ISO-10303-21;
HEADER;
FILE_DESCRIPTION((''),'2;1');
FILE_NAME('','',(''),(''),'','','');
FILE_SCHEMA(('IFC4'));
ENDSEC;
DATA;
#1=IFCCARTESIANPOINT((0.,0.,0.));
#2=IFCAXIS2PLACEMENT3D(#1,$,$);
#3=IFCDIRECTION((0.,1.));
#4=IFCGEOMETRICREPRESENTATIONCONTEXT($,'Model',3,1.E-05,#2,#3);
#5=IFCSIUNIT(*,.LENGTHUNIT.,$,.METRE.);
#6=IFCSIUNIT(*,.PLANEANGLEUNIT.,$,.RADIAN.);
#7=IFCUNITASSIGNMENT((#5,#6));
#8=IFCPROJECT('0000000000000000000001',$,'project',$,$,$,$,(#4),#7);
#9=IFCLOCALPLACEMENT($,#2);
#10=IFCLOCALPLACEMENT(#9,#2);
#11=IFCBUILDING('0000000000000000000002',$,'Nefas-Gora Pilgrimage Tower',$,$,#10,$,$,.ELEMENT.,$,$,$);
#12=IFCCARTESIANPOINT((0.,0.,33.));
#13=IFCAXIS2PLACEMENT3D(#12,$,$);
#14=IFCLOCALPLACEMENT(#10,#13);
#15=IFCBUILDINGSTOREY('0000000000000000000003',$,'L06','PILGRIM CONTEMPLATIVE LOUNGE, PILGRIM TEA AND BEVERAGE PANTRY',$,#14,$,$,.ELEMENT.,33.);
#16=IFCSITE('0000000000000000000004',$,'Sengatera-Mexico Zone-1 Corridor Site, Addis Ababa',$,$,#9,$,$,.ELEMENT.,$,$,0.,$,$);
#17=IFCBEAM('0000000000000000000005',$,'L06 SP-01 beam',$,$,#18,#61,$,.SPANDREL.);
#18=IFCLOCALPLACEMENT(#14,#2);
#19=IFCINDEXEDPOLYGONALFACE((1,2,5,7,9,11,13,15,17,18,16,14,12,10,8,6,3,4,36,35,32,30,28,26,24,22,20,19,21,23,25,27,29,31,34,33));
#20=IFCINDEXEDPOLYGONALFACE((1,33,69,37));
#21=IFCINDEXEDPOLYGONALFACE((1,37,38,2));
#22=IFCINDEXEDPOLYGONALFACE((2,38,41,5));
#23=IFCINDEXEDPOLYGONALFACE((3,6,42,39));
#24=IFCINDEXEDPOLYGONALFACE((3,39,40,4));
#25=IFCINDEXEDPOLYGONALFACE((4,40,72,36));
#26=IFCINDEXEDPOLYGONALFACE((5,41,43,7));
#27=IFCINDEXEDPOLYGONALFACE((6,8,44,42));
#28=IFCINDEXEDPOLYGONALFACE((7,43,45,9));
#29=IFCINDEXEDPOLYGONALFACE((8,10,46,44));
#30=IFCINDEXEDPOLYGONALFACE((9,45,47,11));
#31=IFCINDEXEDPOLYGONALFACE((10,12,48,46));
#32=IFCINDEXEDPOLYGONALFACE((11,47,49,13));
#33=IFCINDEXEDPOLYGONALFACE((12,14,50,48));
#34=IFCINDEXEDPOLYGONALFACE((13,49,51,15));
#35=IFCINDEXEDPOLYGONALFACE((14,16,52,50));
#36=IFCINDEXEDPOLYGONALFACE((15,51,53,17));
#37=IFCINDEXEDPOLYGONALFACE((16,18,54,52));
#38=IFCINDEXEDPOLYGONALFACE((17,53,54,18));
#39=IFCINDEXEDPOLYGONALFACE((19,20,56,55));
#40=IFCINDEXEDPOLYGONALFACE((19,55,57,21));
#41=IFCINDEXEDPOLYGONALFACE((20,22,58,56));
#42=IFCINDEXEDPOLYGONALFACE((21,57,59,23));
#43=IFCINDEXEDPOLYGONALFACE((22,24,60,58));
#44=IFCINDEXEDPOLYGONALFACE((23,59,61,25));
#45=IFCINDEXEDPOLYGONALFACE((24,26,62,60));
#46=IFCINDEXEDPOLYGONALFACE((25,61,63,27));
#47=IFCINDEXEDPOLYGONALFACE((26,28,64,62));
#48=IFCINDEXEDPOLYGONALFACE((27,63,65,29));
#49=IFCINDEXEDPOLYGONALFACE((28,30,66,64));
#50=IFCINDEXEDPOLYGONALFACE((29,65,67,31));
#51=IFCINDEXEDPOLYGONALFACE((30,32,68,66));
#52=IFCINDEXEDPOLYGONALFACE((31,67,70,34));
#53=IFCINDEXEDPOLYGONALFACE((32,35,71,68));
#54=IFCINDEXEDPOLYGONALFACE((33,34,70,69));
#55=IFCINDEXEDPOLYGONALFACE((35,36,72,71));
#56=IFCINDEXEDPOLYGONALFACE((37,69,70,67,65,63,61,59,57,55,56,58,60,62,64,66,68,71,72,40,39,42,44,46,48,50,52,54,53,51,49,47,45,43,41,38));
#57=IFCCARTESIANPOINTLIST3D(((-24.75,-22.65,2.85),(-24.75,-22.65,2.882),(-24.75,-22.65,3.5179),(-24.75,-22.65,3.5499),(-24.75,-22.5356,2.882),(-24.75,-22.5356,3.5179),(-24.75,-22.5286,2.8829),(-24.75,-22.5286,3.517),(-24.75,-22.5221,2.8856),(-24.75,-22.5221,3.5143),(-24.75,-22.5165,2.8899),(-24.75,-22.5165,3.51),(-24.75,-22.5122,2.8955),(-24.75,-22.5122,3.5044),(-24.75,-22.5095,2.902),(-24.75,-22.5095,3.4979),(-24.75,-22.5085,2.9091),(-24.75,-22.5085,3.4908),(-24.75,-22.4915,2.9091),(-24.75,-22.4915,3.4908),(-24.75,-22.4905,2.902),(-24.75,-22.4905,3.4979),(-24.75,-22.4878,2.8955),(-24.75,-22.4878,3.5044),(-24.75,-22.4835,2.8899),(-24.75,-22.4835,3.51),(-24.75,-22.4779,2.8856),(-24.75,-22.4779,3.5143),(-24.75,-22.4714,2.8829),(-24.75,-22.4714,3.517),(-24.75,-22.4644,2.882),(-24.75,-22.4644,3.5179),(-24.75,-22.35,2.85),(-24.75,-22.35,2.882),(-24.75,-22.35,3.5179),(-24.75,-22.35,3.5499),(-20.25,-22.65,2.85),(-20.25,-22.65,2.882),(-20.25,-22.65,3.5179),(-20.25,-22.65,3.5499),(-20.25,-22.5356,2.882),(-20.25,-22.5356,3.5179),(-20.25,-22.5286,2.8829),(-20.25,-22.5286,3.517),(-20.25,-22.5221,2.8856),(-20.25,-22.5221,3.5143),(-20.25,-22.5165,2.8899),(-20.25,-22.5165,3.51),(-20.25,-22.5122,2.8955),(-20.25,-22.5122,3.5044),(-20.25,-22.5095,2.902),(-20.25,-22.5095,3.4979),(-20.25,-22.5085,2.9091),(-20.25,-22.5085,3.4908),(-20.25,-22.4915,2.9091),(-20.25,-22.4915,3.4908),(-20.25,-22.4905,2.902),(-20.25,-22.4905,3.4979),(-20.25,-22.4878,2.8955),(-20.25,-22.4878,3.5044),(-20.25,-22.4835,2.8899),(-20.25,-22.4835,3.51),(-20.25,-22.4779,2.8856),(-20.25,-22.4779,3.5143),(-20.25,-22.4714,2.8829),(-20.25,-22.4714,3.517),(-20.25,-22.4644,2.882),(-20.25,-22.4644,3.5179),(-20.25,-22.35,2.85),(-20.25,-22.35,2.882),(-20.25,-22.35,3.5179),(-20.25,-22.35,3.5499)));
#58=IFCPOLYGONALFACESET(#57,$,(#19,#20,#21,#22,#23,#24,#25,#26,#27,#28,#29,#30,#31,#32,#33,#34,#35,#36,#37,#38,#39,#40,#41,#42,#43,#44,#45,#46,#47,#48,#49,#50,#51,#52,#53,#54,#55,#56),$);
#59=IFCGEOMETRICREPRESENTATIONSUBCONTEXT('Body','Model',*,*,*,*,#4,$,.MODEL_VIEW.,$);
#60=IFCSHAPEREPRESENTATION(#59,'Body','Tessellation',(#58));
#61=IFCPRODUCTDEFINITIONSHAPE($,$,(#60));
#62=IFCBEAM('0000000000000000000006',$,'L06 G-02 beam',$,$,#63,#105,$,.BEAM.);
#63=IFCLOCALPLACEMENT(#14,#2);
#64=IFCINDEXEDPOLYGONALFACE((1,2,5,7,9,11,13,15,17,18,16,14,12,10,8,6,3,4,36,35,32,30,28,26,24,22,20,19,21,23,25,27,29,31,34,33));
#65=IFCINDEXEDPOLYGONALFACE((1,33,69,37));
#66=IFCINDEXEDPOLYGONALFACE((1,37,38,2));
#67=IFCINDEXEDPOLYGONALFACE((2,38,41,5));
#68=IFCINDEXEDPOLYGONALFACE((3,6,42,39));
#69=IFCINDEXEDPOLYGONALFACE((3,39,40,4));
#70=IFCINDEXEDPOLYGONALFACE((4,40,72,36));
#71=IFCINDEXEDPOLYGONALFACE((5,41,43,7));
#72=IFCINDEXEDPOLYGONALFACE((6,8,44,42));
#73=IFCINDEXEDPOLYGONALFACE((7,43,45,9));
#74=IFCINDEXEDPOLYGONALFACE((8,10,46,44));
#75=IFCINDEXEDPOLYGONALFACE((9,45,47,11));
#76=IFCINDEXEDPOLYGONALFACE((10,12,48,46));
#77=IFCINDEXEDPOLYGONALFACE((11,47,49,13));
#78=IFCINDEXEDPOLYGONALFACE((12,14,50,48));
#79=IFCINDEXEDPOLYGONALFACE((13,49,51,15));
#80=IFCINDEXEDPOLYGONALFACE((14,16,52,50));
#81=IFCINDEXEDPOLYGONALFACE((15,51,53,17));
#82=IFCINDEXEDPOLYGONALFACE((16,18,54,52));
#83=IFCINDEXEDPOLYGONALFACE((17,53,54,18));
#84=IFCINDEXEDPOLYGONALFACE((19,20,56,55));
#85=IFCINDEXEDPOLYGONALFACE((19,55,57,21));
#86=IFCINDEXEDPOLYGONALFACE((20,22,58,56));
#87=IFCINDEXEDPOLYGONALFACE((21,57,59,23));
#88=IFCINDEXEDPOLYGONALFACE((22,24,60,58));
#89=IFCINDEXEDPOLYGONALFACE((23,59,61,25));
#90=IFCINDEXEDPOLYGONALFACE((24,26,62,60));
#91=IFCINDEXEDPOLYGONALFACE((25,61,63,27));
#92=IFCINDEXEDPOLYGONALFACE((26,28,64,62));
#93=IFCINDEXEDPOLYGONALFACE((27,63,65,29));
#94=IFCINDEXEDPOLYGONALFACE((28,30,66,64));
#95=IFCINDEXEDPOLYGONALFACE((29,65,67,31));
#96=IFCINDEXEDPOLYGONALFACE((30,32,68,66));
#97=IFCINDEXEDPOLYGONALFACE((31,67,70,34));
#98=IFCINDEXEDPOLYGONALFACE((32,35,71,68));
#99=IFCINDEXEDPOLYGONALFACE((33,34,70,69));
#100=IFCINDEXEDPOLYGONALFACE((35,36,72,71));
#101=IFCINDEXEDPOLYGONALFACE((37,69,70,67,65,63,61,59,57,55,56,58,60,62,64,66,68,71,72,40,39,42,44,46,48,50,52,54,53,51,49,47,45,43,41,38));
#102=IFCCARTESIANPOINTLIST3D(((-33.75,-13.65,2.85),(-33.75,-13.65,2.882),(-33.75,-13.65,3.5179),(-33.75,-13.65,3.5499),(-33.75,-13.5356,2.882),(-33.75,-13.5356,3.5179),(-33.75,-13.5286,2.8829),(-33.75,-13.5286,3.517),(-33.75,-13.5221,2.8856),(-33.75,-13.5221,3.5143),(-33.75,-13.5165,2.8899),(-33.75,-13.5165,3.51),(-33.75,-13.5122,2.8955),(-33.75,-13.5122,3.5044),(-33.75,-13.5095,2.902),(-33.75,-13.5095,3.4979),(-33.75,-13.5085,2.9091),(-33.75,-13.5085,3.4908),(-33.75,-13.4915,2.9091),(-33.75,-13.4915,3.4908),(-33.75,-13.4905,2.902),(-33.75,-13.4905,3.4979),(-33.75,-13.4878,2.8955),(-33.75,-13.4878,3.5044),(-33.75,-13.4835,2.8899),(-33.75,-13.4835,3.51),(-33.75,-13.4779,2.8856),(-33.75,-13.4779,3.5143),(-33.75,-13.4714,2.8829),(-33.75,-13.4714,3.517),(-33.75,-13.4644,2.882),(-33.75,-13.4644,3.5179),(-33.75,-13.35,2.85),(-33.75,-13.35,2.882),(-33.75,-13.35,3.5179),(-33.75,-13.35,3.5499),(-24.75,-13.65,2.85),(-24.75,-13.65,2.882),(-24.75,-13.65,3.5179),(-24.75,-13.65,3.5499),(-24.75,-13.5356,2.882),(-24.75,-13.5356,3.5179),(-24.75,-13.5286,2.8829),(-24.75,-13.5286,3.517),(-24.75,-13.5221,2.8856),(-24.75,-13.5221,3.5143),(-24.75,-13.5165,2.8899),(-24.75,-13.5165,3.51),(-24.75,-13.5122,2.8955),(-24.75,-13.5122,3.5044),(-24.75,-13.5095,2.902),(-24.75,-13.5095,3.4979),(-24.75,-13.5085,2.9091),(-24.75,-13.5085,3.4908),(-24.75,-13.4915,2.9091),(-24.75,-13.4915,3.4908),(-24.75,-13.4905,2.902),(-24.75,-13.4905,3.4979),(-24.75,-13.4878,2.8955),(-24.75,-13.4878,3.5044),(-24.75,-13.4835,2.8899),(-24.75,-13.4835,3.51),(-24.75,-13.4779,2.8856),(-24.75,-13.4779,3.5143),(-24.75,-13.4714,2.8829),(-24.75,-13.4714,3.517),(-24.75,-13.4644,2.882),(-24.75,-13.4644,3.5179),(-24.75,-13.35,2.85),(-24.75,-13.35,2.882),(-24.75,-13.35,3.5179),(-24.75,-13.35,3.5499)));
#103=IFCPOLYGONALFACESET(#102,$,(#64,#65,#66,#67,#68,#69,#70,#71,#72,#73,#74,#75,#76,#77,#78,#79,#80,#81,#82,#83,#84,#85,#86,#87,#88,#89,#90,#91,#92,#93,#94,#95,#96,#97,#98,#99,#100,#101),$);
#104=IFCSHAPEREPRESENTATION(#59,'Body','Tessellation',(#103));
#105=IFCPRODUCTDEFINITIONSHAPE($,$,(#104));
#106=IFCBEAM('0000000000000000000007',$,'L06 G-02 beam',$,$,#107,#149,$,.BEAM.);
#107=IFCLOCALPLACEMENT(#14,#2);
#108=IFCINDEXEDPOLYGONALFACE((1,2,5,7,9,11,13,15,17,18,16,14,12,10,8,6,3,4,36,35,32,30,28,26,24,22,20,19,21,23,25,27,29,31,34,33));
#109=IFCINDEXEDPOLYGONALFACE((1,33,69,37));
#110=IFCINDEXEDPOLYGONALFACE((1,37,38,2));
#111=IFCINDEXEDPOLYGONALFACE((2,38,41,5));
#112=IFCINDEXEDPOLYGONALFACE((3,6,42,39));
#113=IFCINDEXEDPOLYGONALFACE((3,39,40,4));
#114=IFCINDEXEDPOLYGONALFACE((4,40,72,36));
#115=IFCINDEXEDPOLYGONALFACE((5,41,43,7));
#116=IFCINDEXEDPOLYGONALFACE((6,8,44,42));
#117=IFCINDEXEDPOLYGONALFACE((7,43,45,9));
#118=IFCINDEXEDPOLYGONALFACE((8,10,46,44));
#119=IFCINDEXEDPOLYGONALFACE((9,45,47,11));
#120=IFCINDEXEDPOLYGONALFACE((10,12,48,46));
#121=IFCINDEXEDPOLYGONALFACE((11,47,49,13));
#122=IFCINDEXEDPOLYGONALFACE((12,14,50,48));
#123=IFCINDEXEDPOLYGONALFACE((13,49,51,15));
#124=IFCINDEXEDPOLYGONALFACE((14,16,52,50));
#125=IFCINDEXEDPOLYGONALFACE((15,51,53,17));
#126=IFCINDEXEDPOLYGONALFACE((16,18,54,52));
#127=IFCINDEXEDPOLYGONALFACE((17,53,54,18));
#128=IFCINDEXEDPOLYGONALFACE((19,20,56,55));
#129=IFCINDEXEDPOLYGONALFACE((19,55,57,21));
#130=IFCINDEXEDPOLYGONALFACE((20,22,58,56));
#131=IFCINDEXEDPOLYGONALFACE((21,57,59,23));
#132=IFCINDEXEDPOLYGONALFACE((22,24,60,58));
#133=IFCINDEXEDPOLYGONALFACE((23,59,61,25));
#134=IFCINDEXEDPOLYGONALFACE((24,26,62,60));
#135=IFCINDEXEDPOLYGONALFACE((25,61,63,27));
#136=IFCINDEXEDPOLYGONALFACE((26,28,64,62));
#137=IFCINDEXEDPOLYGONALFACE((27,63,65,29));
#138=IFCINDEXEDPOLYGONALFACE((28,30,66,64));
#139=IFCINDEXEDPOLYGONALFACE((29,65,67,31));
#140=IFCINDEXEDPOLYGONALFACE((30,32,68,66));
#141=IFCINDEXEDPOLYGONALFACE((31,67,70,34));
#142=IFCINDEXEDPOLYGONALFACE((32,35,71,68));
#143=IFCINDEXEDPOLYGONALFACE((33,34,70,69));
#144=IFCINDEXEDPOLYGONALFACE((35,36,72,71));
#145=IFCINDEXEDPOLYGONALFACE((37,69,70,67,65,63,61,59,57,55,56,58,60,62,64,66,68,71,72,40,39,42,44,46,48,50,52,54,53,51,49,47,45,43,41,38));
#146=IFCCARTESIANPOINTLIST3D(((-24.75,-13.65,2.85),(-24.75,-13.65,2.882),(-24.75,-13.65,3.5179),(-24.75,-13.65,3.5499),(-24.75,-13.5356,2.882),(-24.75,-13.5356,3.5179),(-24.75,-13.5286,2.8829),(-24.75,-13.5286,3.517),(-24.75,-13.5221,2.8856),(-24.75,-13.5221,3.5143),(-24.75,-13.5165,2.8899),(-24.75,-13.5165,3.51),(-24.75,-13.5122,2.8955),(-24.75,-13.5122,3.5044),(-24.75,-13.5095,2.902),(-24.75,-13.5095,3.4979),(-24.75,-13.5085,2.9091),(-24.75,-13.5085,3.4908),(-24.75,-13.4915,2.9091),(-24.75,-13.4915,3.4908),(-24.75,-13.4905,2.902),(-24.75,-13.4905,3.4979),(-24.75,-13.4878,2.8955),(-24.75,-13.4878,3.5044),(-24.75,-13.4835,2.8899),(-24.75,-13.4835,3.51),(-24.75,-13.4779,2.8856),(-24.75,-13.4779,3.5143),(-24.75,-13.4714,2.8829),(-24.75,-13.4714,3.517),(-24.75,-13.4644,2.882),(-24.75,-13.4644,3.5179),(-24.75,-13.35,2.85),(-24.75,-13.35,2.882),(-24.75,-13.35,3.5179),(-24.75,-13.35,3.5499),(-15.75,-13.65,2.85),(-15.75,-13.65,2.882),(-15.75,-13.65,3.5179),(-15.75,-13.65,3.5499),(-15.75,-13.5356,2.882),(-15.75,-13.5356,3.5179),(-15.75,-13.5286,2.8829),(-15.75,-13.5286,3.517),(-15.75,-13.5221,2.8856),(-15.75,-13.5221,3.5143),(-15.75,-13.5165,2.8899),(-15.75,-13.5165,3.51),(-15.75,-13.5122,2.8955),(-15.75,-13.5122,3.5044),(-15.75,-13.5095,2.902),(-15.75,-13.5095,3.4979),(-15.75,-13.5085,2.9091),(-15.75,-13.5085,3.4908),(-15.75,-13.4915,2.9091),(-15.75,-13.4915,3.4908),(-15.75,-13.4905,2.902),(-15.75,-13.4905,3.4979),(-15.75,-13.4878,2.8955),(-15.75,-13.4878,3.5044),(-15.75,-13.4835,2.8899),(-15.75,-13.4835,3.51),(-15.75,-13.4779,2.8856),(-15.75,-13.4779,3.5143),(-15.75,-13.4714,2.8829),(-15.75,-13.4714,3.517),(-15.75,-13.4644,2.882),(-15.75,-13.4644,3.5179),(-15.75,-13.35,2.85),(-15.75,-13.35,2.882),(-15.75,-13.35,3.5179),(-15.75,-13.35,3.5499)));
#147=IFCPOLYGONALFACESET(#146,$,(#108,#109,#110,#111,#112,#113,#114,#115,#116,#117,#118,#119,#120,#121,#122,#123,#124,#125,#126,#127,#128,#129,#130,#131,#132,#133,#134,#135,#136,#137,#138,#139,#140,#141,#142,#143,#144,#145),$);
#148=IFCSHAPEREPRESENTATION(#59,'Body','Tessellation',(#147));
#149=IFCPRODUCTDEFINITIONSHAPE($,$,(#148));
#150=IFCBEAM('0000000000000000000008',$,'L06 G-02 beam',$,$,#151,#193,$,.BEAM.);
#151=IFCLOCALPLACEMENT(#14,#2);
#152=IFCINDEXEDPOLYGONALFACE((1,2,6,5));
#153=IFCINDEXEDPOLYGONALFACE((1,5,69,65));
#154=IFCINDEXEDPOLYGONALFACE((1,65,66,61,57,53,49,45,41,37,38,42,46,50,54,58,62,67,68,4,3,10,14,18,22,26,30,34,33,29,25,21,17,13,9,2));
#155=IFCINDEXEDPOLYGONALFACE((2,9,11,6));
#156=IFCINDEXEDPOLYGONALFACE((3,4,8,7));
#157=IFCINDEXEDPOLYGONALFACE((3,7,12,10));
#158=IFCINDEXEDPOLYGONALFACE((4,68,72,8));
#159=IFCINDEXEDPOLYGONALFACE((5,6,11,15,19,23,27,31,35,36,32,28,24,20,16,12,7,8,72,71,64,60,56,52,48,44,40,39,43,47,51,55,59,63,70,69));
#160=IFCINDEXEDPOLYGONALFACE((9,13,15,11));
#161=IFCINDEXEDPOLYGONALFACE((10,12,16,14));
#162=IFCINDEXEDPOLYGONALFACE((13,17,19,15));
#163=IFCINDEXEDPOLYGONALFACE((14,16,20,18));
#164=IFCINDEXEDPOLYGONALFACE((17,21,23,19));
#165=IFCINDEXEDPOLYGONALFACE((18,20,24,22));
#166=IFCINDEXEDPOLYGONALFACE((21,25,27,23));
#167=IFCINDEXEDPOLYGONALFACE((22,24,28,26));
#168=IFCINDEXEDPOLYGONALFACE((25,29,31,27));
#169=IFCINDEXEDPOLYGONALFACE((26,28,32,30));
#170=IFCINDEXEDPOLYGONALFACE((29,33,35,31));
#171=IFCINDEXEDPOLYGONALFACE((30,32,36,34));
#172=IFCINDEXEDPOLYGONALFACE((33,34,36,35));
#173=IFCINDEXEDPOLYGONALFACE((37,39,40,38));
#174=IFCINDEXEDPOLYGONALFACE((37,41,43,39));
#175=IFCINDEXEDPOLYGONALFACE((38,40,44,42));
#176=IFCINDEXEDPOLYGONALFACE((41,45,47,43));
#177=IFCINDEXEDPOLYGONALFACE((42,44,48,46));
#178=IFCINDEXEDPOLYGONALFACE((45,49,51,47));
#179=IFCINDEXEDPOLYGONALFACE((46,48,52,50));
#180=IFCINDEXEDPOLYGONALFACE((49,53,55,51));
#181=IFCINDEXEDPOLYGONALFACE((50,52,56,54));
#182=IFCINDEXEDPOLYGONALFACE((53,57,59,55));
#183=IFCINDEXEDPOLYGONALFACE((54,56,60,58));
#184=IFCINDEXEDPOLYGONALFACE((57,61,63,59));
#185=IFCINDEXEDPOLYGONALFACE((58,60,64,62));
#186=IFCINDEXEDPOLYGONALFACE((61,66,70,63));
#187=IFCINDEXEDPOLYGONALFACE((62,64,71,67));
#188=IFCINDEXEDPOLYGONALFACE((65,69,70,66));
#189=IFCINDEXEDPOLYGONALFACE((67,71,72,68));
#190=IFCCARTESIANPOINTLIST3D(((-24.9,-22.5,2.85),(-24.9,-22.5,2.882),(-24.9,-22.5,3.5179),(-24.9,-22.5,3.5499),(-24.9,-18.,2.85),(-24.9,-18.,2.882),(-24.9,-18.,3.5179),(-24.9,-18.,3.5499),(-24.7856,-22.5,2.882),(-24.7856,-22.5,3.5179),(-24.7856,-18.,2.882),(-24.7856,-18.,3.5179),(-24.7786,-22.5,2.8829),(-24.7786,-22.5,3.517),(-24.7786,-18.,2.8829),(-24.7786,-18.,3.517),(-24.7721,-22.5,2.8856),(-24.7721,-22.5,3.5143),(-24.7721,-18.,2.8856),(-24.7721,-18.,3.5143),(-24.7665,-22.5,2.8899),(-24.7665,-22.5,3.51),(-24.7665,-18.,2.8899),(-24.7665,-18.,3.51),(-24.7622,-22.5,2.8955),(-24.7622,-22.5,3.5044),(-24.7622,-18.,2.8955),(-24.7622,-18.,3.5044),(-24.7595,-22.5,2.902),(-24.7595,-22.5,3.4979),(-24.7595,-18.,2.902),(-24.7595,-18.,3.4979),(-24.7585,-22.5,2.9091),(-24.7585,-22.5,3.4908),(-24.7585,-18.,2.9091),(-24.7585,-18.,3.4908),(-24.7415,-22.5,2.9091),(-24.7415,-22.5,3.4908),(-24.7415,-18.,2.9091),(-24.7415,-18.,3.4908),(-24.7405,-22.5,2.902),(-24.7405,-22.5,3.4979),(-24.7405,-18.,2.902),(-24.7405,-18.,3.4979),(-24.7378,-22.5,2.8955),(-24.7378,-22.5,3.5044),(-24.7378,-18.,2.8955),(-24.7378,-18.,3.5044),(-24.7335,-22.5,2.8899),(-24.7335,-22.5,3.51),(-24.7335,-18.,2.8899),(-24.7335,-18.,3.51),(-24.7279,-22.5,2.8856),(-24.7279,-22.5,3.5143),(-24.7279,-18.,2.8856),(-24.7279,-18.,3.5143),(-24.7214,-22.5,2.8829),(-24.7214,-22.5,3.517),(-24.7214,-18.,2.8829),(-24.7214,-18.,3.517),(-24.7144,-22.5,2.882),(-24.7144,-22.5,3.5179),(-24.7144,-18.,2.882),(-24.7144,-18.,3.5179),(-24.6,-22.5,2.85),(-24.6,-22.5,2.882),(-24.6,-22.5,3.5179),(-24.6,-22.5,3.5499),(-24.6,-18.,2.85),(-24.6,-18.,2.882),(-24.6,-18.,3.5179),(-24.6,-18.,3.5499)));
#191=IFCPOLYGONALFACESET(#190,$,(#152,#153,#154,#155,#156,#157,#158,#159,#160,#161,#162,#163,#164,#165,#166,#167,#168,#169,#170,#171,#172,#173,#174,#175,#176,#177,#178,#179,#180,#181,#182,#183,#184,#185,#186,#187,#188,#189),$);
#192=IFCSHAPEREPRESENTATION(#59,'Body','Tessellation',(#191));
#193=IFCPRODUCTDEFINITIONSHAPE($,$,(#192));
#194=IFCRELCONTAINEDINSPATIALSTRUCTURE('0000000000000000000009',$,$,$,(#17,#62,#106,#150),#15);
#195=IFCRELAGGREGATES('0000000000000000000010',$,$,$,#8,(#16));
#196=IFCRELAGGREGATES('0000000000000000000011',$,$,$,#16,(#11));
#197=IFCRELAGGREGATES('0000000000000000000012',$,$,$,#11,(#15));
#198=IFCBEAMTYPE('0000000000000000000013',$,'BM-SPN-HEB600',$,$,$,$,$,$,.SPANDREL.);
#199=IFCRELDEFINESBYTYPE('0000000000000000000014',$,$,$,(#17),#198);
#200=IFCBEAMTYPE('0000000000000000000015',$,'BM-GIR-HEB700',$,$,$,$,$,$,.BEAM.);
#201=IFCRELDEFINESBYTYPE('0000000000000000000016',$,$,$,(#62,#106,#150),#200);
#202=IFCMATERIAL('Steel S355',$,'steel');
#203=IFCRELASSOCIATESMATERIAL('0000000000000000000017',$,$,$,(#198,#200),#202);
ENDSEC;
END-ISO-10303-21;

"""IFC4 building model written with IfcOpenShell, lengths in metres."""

from ifc_helpers import new_model, si_unit, direction, frame, origin, origin_2d, place, context, subcontext, project, spatial, i_section, extrude, source, transform, mapped, material, material_profile, profile_set, type_object, element, save


model = new_model("IFC4")

# Units and contexts
model_context = context("Model", 3, precision=1e-05, world=origin(), true_north=direction((0.0, 1.0)))
body_context = subcontext(model_context, "Body", "Model", "MODEL_VIEW")
ifc_project = project(units=[si_unit("LENGTHUNIT", "METRE"), si_unit("PLANEANGLEUNIT", "RADIAN")], contexts=[model_context])

# Site, building, storey
site_placement = place(None, origin())
site = spatial("IfcSite", under=ifc_project, at=site_placement, Name="Sengatera-Mexico Zone-1 Corridor Site, Addis Ababa", CompositionType="ELEMENT", RefElevation=0.0)
building_placement = place(site_placement, origin())
building = spatial("IfcBuilding", under=site, at=building_placement, Name="Nefas-Gora Pilgrimage Tower", CompositionType="ELEMENT")
storey_placement = place(building_placement, frame((0.0, 0.0, 33.0)))
storey = spatial("IfcBuildingStorey", under=building, at=storey_placement, Name="L06", Description="PILGRIM CONTEMPLATIVE LOUNGE, PILGRIM TEA AND BEVERAGE PANTRY", CompositionType="ELEMENT", Elevation=33.0)

# Beams
ifc_material_1 = material(Name="Steel S355", Category="steel")
ifc_material_profile_1 = material_profile(ifc_material_1, i_section(OverallWidth=0.3, OverallDepth=0.7, WebThickness=0.0171, FlangeThickness=0.032, FilletRadius=0.0271, at=origin_2d()), Name="HEB 700")
ifc_profile_set_1 = profile_set([ifc_material_profile_1], Name="Steel S355")
beam_type_1 = type_object("IfcBeamType", Name="BM-SPN-HEB600", PredefinedType="SPANDREL", material=ifc_profile_set_1)
shared_shape_1 = source(origin(), body_context, "Body", "SweptSolid", [
    extrude(i_section(OverallWidth=0.3, OverallDepth=0.7, WebThickness=0.0171, FlangeThickness=0.032, FilletRadius=0.0271, at=origin_2d()), origin(), (0.0, 0.0, 1.0), 4.5),
])
for number, where, z_axis, x_axis, name in (
    (1, (-24.75, -22.5, 3.2), (1.0, 0.0, 0.0), (0.0, 1.0, 0.0), "L06 SP-01 beam"),
):
    element("IfcBeam", number, at=place(storey_placement, frame(where, z_axis=z_axis, x_axis=x_axis)), inside=storey, type_object=beam_type_1, Name=name, PredefinedType="SPANDREL", context=body_context, shape_type="MappedRepresentation", body=[
        mapped(shared_shape_1, transform((0.0, 0.0, 0.0), x_axis=(1.0, 0.0, 0.0), y_axis=(0.0, 1.0, 0.0), z_axis=(0.0, 0.0, 1.0), scale=1.0)),
    ])
ifc_material_profile_2 = material_profile(ifc_material_1, i_section(OverallWidth=0.3, OverallDepth=0.7, WebThickness=0.0171, FlangeThickness=0.032, FilletRadius=0.0271, at=origin_2d()), Name="HEB 700")
ifc_profile_set_2 = profile_set([ifc_material_profile_2], Name="Steel S355")
beam_type_2 = type_object("IfcBeamType", Name="BM-GIR-HEB700", PredefinedType="BEAM", material=ifc_profile_set_2)
shared_shape_2 = source(origin(), body_context, "Body", "SweptSolid", [
    extrude(i_section(OverallWidth=0.3, OverallDepth=0.7, WebThickness=0.0171, FlangeThickness=0.032, FilletRadius=0.0271, at=origin_2d()), origin(), (0.0, 0.0, 1.0), 9.0),
])
for number, where, z_axis, x_axis, name in (
    (2, (-33.75, -13.5, 3.2), (1.0, 0.0, 0.0), (0.0, 1.0, 0.0), "L06 G-02 beam"),
    (3, (-24.75, -13.5, 3.2), (1.0, 0.0, 0.0), (0.0, 1.0, 0.0), "L06 G-02 beam"),
):
    element("IfcBeam", number, at=place(storey_placement, frame(where, z_axis=z_axis, x_axis=x_axis)), inside=storey, type_object=beam_type_2, Name=name, PredefinedType="BEAM", context=body_context, shape_type="MappedRepresentation", body=[
        mapped(shared_shape_2, transform((0.0, 0.0, 0.0), x_axis=(1.0, 0.0, 0.0), y_axis=(0.0, 1.0, 0.0), z_axis=(0.0, 0.0, 1.0), scale=1.0)),
    ])
shared_shape_3 = source(origin(), body_context, "Body", "SweptSolid", [
    extrude(i_section(OverallWidth=0.3, OverallDepth=0.7, WebThickness=0.0171, FlangeThickness=0.032, FilletRadius=0.0271, at=origin_2d()), origin(), (0.0, 0.0, 1.0), 4.5),
])
for number, where, z_axis, x_axis, name in (
    (4, (-24.75, -22.5, 3.2), (0.0, 1.0, 0.0), (-1.0, 0.0, 0.0), "L06 G-02 beam"),
):
    element("IfcBeam", number, at=place(storey_placement, frame(where, z_axis=z_axis, x_axis=x_axis)), inside=storey, type_object=beam_type_2, Name=name, PredefinedType="BEAM", context=body_context, shape_type="MappedRepresentation", body=[
        mapped(shared_shape_3, transform((0.0, 0.0, 0.0), x_axis=(1.0, 0.0, 0.0), y_axis=(0.0, 1.0, 0.0), z_axis=(0.0, 0.0, 1.0), scale=1.0)),
    ])

save(model, "model.ifc")
